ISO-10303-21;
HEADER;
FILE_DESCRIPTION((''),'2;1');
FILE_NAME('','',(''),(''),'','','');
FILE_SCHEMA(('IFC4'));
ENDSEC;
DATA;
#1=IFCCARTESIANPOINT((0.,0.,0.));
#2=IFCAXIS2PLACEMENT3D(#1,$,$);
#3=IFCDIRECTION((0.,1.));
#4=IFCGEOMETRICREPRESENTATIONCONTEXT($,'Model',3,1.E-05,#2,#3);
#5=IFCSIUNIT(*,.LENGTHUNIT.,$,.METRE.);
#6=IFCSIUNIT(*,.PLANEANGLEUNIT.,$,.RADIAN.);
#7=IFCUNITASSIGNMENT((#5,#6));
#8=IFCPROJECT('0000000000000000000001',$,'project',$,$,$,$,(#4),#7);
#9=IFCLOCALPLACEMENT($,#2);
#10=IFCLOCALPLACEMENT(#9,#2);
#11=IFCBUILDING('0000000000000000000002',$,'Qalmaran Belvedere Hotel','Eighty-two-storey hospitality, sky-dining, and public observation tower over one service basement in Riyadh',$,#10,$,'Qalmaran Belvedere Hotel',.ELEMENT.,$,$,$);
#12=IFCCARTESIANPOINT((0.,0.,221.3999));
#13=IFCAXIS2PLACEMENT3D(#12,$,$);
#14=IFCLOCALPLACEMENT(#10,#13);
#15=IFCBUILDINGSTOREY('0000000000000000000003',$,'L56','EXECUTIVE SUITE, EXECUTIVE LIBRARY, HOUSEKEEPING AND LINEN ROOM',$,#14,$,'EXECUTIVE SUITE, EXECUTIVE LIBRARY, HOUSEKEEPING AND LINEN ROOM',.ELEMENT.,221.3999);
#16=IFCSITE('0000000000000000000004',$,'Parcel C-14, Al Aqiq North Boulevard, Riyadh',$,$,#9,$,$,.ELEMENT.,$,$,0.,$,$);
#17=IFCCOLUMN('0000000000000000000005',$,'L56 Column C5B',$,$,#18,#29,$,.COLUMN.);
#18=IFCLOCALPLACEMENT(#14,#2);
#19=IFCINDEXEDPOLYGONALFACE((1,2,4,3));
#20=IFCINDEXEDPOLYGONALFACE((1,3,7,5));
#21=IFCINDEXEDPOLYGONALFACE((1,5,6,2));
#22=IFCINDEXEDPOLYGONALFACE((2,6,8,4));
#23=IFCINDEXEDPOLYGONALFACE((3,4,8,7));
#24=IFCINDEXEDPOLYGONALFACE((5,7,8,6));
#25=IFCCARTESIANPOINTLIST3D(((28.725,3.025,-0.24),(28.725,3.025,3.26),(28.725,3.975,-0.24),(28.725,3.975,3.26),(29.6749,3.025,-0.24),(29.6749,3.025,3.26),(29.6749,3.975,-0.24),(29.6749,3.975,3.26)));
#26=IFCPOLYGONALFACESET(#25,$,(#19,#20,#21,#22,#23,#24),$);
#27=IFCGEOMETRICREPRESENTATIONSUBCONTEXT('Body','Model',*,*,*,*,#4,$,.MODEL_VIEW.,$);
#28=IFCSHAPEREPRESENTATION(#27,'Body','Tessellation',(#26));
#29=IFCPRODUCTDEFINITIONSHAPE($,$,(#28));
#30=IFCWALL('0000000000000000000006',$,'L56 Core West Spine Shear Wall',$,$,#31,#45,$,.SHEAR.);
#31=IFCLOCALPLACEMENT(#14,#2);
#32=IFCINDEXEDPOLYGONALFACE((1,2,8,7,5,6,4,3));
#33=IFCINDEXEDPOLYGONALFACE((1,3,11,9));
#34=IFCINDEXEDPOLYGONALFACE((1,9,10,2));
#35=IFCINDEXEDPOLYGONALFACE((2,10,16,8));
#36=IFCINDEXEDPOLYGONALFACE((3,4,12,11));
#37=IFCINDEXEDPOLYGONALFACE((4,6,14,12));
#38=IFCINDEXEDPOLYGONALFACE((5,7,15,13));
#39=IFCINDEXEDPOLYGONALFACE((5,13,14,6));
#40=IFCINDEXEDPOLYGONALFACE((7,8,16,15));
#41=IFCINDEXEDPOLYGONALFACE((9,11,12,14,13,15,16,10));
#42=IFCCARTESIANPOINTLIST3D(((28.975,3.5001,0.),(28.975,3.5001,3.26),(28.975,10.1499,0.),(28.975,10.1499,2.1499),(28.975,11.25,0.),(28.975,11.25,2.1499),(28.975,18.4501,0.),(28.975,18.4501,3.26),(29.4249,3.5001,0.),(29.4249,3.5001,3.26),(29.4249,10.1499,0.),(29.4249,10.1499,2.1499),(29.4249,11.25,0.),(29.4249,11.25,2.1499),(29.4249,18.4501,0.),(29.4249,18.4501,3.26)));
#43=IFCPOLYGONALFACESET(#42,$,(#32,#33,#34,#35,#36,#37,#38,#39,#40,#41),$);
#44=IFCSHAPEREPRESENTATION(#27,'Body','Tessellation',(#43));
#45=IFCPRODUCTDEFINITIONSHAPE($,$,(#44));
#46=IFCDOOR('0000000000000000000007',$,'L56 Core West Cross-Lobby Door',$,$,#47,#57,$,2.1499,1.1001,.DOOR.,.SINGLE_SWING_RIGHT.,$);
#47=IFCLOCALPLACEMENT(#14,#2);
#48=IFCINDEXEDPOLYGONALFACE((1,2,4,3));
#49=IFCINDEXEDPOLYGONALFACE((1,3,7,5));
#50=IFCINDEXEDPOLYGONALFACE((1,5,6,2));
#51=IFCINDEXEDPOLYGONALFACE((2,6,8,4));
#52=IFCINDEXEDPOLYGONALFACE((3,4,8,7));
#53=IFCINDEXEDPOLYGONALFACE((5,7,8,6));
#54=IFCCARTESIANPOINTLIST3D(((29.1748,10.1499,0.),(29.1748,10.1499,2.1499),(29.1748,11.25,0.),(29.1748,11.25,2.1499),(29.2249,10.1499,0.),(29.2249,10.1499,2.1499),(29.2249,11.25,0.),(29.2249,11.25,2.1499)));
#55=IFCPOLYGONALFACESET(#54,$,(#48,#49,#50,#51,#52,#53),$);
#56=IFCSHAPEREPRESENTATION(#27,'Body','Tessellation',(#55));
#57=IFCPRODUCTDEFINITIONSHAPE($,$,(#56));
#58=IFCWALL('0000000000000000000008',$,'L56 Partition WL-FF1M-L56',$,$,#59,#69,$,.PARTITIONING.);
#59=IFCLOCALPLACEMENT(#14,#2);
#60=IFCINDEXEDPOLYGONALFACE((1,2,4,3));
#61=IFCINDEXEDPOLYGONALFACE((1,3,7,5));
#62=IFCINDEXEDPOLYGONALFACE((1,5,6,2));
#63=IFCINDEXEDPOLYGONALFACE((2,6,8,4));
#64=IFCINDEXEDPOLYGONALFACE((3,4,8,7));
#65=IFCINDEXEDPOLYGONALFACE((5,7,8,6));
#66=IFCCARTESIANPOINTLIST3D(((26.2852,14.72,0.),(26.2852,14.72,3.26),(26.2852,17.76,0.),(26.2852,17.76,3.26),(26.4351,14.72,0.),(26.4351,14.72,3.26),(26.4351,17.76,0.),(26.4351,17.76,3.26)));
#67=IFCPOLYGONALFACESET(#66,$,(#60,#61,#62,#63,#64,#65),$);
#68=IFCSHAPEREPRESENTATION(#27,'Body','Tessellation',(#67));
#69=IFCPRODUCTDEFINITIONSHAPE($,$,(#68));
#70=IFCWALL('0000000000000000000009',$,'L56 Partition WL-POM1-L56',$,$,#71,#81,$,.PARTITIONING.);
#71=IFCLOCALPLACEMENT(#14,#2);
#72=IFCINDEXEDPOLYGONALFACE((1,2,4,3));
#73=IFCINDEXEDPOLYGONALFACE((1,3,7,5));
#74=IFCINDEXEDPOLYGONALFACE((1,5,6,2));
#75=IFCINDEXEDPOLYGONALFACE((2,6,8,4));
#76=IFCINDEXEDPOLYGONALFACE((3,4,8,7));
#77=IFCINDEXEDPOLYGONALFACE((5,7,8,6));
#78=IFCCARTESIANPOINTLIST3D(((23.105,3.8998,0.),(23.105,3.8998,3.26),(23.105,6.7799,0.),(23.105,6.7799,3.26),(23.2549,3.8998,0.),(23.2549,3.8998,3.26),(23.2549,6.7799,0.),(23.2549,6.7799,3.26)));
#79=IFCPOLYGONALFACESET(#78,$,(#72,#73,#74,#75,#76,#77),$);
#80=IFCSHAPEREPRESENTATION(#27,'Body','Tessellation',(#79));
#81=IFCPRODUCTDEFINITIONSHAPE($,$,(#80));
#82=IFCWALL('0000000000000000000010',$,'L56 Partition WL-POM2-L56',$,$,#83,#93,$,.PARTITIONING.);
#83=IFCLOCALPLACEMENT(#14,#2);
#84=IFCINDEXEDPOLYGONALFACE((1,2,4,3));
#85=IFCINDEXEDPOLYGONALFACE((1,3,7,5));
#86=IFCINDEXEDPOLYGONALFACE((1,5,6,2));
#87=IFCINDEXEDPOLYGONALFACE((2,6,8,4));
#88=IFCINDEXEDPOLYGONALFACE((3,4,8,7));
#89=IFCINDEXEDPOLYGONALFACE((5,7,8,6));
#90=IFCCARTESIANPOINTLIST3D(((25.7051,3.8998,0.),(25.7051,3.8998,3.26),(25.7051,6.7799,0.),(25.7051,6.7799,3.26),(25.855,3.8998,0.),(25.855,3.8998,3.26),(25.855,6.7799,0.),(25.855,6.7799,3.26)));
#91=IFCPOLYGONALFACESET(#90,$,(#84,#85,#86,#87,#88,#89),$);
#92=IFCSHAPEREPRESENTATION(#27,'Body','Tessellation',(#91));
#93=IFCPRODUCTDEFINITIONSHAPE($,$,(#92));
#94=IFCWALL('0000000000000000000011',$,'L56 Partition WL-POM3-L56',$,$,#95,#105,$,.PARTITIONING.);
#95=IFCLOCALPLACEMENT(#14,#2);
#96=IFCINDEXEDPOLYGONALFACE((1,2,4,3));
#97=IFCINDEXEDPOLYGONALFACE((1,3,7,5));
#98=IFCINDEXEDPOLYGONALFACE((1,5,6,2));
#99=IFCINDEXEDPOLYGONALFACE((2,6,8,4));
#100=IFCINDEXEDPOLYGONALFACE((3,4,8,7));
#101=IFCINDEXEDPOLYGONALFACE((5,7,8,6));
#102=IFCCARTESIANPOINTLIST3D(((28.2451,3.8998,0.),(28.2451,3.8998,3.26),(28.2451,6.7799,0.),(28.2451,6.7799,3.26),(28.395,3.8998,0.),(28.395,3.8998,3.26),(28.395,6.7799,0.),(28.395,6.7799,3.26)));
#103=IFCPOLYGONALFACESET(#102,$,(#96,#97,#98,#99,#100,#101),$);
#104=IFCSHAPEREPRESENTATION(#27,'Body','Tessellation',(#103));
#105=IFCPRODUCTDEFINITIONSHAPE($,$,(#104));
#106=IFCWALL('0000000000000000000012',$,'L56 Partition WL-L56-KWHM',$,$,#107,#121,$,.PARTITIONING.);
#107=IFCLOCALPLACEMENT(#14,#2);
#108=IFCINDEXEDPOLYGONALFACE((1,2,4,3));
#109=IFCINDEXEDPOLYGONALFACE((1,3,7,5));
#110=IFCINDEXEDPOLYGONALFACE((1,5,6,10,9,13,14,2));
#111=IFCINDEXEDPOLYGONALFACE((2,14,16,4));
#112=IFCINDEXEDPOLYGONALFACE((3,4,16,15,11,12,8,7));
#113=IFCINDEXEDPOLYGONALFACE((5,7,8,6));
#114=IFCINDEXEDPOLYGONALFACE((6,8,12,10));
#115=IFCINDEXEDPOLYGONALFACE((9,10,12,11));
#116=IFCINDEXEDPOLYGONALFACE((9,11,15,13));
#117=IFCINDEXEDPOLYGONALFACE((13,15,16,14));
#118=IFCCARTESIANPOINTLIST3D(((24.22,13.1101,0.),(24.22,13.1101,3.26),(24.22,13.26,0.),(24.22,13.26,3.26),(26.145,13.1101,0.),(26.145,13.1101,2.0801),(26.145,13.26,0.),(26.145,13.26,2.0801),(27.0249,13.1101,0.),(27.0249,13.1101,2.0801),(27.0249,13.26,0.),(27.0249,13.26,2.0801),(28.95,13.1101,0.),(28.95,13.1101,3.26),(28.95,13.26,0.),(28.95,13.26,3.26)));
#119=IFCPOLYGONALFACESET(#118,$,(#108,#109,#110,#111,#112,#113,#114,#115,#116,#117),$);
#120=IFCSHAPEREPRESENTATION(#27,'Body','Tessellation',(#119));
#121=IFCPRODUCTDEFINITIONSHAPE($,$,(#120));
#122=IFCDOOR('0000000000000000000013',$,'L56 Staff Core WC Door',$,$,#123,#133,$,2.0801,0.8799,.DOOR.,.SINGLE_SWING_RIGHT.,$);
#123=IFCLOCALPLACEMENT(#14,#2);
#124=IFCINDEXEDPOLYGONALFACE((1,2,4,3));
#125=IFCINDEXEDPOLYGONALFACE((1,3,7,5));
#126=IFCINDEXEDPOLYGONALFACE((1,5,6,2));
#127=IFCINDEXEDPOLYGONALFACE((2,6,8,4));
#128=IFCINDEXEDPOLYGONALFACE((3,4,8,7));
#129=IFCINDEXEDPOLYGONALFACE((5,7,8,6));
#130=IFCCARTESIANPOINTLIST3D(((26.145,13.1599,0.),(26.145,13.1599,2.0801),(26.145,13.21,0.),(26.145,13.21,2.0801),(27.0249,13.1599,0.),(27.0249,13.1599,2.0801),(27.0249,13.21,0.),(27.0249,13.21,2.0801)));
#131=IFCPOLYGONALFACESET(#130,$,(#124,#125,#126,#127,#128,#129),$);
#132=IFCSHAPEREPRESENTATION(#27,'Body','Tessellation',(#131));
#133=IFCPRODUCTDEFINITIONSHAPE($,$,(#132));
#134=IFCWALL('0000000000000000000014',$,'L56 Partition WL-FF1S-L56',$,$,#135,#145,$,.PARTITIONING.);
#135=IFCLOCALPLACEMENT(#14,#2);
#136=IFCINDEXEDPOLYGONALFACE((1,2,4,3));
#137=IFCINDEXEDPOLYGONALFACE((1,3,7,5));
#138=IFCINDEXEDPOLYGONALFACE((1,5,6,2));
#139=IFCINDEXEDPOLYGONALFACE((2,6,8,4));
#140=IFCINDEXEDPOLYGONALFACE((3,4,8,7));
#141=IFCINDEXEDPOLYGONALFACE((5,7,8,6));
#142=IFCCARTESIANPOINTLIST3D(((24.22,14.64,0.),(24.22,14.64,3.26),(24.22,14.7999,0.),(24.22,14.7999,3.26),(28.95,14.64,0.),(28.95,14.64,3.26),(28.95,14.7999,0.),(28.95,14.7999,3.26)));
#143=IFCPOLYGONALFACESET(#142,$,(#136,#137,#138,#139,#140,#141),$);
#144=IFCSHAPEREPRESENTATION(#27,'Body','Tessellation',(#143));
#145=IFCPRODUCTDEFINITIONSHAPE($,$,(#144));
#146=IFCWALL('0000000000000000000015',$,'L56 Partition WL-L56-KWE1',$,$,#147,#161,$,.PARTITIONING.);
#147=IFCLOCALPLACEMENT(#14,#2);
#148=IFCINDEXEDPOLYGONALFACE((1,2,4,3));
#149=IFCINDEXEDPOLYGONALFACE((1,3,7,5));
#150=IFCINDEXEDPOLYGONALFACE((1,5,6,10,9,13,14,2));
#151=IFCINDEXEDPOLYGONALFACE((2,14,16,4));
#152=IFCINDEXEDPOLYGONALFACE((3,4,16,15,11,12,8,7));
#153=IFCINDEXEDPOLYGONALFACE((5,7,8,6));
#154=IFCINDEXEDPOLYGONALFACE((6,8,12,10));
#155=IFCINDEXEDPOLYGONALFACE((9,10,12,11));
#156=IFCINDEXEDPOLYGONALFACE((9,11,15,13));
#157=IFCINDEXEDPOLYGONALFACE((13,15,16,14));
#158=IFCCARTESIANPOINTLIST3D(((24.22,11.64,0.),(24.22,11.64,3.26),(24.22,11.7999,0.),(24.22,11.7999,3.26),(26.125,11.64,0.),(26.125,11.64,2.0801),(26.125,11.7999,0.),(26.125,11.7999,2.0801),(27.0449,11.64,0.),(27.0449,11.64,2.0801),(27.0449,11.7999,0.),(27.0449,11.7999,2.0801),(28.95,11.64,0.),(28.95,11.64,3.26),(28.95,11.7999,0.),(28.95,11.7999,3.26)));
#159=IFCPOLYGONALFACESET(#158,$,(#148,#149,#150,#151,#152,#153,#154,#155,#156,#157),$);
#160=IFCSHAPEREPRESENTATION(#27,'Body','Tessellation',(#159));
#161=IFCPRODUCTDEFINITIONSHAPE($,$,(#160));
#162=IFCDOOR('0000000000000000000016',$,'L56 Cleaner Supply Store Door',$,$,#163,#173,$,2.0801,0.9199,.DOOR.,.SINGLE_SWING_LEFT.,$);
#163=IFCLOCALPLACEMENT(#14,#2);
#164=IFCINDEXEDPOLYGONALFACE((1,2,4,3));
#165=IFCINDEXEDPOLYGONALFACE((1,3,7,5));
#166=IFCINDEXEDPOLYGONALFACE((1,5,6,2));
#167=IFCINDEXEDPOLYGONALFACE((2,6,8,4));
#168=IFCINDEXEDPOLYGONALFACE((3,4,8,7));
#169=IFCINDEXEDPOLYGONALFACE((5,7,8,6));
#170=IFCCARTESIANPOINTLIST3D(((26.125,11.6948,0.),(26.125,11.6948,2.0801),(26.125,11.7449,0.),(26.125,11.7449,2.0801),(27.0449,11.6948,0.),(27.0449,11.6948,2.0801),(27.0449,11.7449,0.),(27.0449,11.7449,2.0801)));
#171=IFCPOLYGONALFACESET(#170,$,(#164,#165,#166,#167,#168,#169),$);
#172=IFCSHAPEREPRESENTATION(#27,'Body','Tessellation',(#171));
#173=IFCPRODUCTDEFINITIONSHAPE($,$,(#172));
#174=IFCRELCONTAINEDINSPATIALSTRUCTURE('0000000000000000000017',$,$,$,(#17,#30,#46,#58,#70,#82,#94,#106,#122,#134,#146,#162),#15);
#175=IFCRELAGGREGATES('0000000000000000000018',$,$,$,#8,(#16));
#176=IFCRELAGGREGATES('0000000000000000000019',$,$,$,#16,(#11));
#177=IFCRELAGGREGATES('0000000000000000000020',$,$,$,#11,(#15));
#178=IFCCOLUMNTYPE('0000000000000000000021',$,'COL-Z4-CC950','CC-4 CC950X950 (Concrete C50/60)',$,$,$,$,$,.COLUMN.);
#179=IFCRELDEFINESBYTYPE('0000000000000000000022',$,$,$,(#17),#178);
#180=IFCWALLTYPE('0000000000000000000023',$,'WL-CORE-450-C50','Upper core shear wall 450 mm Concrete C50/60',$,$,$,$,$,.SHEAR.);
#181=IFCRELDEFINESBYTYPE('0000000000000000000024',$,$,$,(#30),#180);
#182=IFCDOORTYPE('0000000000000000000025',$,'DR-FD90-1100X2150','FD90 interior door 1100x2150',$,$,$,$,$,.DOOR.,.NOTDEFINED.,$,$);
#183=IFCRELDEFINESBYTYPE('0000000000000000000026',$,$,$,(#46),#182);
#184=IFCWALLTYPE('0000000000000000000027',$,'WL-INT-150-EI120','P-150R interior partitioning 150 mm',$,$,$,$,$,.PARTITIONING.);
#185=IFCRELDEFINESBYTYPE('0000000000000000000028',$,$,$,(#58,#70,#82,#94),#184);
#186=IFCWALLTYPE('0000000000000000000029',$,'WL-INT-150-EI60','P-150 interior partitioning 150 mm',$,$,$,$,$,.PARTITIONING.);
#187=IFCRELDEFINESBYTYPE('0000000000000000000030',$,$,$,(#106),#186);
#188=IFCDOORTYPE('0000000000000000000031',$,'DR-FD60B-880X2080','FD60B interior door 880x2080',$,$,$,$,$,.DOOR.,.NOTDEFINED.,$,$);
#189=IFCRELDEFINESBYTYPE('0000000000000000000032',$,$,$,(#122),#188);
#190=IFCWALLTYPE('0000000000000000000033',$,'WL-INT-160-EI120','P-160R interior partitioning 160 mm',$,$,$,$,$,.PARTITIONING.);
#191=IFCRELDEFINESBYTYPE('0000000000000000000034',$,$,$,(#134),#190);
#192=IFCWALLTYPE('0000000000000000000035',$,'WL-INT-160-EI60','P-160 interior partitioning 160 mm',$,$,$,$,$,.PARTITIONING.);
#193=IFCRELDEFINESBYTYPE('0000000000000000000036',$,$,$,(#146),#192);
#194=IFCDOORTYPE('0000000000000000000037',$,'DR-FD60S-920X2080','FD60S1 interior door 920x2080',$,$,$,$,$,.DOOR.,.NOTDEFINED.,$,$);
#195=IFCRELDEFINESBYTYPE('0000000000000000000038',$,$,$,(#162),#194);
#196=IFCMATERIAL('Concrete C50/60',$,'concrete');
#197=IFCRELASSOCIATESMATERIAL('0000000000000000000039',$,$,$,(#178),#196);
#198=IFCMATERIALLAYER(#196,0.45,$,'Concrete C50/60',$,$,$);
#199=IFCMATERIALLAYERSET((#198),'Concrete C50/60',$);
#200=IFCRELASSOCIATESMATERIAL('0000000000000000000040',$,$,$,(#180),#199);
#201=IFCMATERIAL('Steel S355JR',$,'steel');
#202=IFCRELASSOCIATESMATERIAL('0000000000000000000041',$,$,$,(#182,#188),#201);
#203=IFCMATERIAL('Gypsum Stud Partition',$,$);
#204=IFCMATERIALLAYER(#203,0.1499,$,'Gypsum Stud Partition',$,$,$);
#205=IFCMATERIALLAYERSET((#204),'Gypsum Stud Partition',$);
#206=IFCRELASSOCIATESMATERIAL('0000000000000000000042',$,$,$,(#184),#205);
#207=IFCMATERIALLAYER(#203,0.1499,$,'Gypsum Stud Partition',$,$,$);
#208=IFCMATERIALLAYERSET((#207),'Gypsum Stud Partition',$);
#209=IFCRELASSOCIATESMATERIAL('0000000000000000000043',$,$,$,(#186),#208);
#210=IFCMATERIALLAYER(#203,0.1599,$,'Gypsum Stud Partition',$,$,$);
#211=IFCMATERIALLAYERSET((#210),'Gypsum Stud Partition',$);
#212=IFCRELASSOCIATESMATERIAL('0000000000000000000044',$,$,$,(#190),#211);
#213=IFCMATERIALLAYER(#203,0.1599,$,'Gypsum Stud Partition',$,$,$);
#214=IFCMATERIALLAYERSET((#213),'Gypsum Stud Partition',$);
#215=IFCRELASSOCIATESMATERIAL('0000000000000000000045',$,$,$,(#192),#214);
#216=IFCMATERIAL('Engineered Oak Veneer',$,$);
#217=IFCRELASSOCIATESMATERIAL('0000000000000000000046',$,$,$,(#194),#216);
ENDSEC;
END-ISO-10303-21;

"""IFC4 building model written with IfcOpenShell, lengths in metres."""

from ifc_helpers import new_model, si_unit, direction, frame, frame_2d, origin, origin_2d, place, context, subcontext, project, spatial, rectangle, extrude, material, layer, layer_set, material_profile, profile_set, type_object, element, fill, save


model = new_model("IFC4")

# Units and contexts
model_context = context("Model", 3, precision=1e-05, world=origin(), true_north=direction((0.0, 1.0)))
body_context = subcontext(model_context, "Body", "Model", "MODEL_VIEW")
ifc_project = project(units=[si_unit("LENGTHUNIT", "METRE"), si_unit("PLANEANGLEUNIT", "RADIAN")], contexts=[model_context])

# Site, building, storey
site_placement = place(None, origin())
site = spatial("IfcSite", under=ifc_project, at=site_placement, Name="Parcel C-14, Al Aqiq North Boulevard, Riyadh", CompositionType="ELEMENT", RefElevation=0.0)
building_placement = place(site_placement, origin())
building = spatial("IfcBuilding", under=site, at=building_placement, Name="Qalmaran Belvedere Hotel", Description="Eighty-two-storey hospitality, sky-dining, and public observation tower over one service basement in Riyadh", LongName="Qalmaran Belvedere Hotel", CompositionType="ELEMENT")
storey_placement = place(building_placement, frame((0.0, 0.0, 221.3999)))
storey = spatial("IfcBuildingStorey", under=building, at=storey_placement, Name="L56", Description="EXECUTIVE SUITE, EXECUTIVE LIBRARY, HOUSEKEEPING AND LINEN ROOM", LongName="EXECUTIVE SUITE, EXECUTIVE LIBRARY, HOUSEKEEPING AND LINEN ROOM", CompositionType="ELEMENT", Elevation=221.3999)

# Column
ifc_material_1 = material(Name="Concrete C50/60", Category="concrete")
ifc_material_profile = material_profile(ifc_material_1, rectangle(XDim=0.95, YDim=0.95, at=origin_2d()), Name="CC950X950")
ifc_profile_set = profile_set([ifc_material_profile], Name="Concrete C50/60")
column_type = type_object("IfcColumnType", Name="COL-Z4-CC950", Description="CC-4 CC950X950 (Concrete C50/60)", PredefinedType="COLUMN", material=ifc_profile_set)
column_placement = place(storey_placement, frame((29.2, 3.5, -0.24), z_axis=(0.0, 0.0, 1.0), x_axis=(1.0, 0.0, 0.0)))
element("IfcColumn", 1, at=column_placement, inside=storey, type_object=column_type, Name="L56 Column C5B", PredefinedType="COLUMN", context=body_context, shape_type="SweptSolid", body=[
    extrude(rectangle(XDim=0.95, YDim=0.95, at=origin_2d()), origin(), (0.0, 0.0, 1.0), 3.5),
])

# Wall, opening, door
ifc_layer_1 = layer(ifc_material_1, 0.45, Name="Concrete C50/60")
ifc_layer_set_1 = layer_set([ifc_layer_1], Name="Concrete C50/60")
wall_type_1 = type_object("IfcWallType", Name="WL-CORE-450-C50", Description="Upper core shear wall 450 mm Concrete C50/60", PredefinedType="SHEAR", material=ifc_layer_set_1)
wall_1_placement = place(storey_placement, frame((29.2, 3.5, 0.0), z_axis=(0.0, 0.0, 1.0), x_axis=(0.0, 1.0, 0.0)))
wall_1 = element("IfcWall", 2, at=wall_1_placement, inside=storey, type_object=wall_type_1, Name="L56 Core West Spine Shear Wall", PredefinedType="SHEAR", context=body_context, shape_type="SweptSolid", body=[
    extrude(rectangle(XDim=14.95, YDim=0.45, at=frame_2d((7.4751, 0.0))), origin(), (0.0, 0.0, 1.0), 3.26),
])
opening_1_placement = place(wall_1_placement, frame((7.75, 0.0, 0.0), z_axis=(0.0, 0.0, 1.0), x_axis=(-1.0, 0.0, 0.0)))
opening_1 = element("IfcOpeningElement", 3, at=opening_1_placement, cuts=wall_1, PredefinedType="OPENING", context=body_context, shape_type="SweptSolid", body=[
    extrude(rectangle(XDim=1.1001, YDim=2.1499, at=frame_2d((0.55, 1.075))), frame((0.0, 0.2349, 0.0), z_axis=(0.0, -1.0, 0.0), x_axis=(1.0, 0.0, 0.0)), (0.0, 0.0, 1.0), 0.47),
])
ifc_material_2 = material(Name="Steel S355JR", Category="steel")
door_type_1 = type_object("IfcDoorType", Name="DR-FD90-1100X2150", Description="FD90 interior door 1100x2150", OperationType="NOTDEFINED", PredefinedType="DOOR", material=ifc_material_2)
door_1_placement = place(opening_1_placement, origin())
door_1 = element("IfcDoor", 4, at=door_1_placement, inside=storey, type_object=door_type_1, Name="L56 Core West Cross-Lobby Door", OperationType="SINGLE_SWING_RIGHT", OverallHeight=2.1499, OverallWidth=1.1001, PredefinedType="DOOR", context=body_context, shape_type="SweptSolid", body=[
    extrude(rectangle(XDim=1.1001, YDim=2.1499, at=frame_2d((0.55, 1.075))), frame((0.0, 0.0249, 0.0), z_axis=(0.0, -1.0, 0.0), x_axis=(1.0, 0.0, 0.0)), (0.0, 0.0, 1.0), 0.05),
])
fill(opening_1, door_1)

# Walls
ifc_material_3 = material(Name="Gypsum Stud Partition")
ifc_layer_2 = layer(ifc_material_3, 0.1499, Name="Gypsum Stud Partition")
ifc_layer_set_2 = layer_set([ifc_layer_2], Name="Gypsum Stud Partition")
wall_type_2 = type_object("IfcWallType", Name="WL-INT-150-EI120", Description="P-150R interior partitioning 150 mm", PredefinedType="PARTITIONING", material=ifc_layer_set_2)
wall_2_placement = place(storey_placement, frame((26.3601, 14.72, 0.0), z_axis=(0.0, 0.0, 1.0), x_axis=(0.0, 1.0, 0.0)))
element("IfcWall", 5, at=wall_2_placement, inside=storey, type_object=wall_type_2, Name="L56 Partition WL-FF1M-L56", PredefinedType="PARTITIONING", context=body_context, shape_type="SweptSolid", body=[
    extrude(rectangle(XDim=3.04, YDim=0.1499, at=frame_2d((1.52, 0.0))), origin(), (0.0, 0.0, 1.0), 3.26),
])
for number, where, z_axis, x_axis, name in (
    (6, (23.1799, 3.8999, 0.0), (0.0, 0.0, 1.0), (0.0, 1.0, 0.0), "L56 Partition WL-POM1-L56"),
    (7, (25.78, 3.8999, 0.0), (0.0, 0.0, 1.0), (0.0, 1.0, 0.0), "L56 Partition WL-POM2-L56"),
    (8, (28.3201, 3.8999, 0.0), (0.0, 0.0, 1.0), (0.0, 1.0, 0.0), "L56 Partition WL-POM3-L56"),
):
    element("IfcWall", number, at=place(storey_placement, frame(where, z_axis=z_axis, x_axis=x_axis)), inside=storey, type_object=wall_type_2, Name=name, PredefinedType="PARTITIONING", context=body_context, shape_type="SweptSolid", body=[
        extrude(rectangle(XDim=2.8801, YDim=0.1499, at=frame_2d((1.4399, 0.0))), origin(), (0.0, 0.0, 1.0), 3.26),
    ])

# Wall, opening, door
ifc_layer_3 = layer(ifc_material_3, 0.1499, Name="Gypsum Stud Partition")
ifc_layer_set_3 = layer_set([ifc_layer_3], Name="Gypsum Stud Partition")
wall_type_3 = type_object("IfcWallType", Name="WL-INT-150-EI60", Description="P-150 interior partitioning 150 mm", PredefinedType="PARTITIONING", material=ifc_layer_set_3)
wall_3_placement = place(storey_placement, frame((24.22, 13.1851, 0.0), z_axis=(0.0, 0.0, 1.0), x_axis=(1.0, 0.0, 0.0)))
wall_3 = element("IfcWall", 9, at=wall_3_placement, inside=storey, type_object=wall_type_3, Name="L56 Partition WL-L56-KWHM", PredefinedType="PARTITIONING", context=body_context, shape_type="SweptSolid", body=[
    extrude(rectangle(XDim=4.73, YDim=0.1499, at=frame_2d((2.365, 0.0))), origin(), (0.0, 0.0, 1.0), 3.26),
])
opening_2_placement = place(wall_3_placement, frame((1.925, 0.0, 0.0)))
opening_2 = element("IfcOpeningElement", 10, at=opening_2_placement, cuts=wall_3, PredefinedType="OPENING", context=body_context, shape_type="SweptSolid", body=[
    extrude(rectangle(XDim=0.8799, YDim=2.0801, at=frame_2d((0.4399, 1.04))), frame((0.0, 0.085, 0.0), z_axis=(0.0, -1.0, 0.0), x_axis=(1.0, 0.0, 0.0)), (0.0, 0.0, 1.0), 0.1699),
])
door_type_2 = type_object("IfcDoorType", Name="DR-FD60B-880X2080", Description="FD60B interior door 880x2080", OperationType="NOTDEFINED", PredefinedType="DOOR", material=ifc_material_2)
door_2_placement = place(opening_2_placement, origin())
door_2 = element("IfcDoor", 11, at=door_2_placement, inside=storey, type_object=door_type_2, Name="L56 Staff Core WC Door", OperationType="SINGLE_SWING_RIGHT", OverallHeight=2.0801, OverallWidth=0.8799, PredefinedType="DOOR", context=body_context, shape_type="SweptSolid", body=[
    extrude(rectangle(XDim=0.8799, YDim=2.0801, at=frame_2d((0.4399, 1.04))), frame((0.0, 0.0249, 0.0), z_axis=(0.0, -1.0, 0.0), x_axis=(1.0, 0.0, 0.0)), (0.0, 0.0, 1.0), 0.05),
])
fill(opening_2, door_2)

# Wall
ifc_layer_4 = layer(ifc_material_3, 0.1599, Name="Gypsum Stud Partition")
ifc_layer_set_4 = layer_set([ifc_layer_4], Name="Gypsum Stud Partition")
wall_type_4 = type_object("IfcWallType", Name="WL-INT-160-EI120", Description="P-160R interior partitioning 160 mm", PredefinedType="PARTITIONING", material=ifc_layer_set_4)
wall_4_placement = place(storey_placement, frame((24.22, 14.72, 0.0), z_axis=(0.0, 0.0, 1.0), x_axis=(1.0, 0.0, 0.0)))
element("IfcWall", 12, at=wall_4_placement, inside=storey, type_object=wall_type_4, Name="L56 Partition WL-FF1S-L56", PredefinedType="PARTITIONING", context=body_context, shape_type="SweptSolid", body=[
    extrude(rectangle(XDim=4.73, YDim=0.1599, at=frame_2d((2.365, 0.0))), origin(), (0.0, 0.0, 1.0), 3.26),
])

# Wall, opening, door
ifc_layer_5 = layer(ifc_material_3, 0.1599, Name="Gypsum Stud Partition")
ifc_layer_set_5 = layer_set([ifc_layer_5], Name="Gypsum Stud Partition")
wall_type_5 = type_object("IfcWallType", Name="WL-INT-160-EI60", Description="P-160 interior partitioning 160 mm", PredefinedType="PARTITIONING", material=ifc_layer_set_5)
wall_5_placement = place(storey_placement, frame((24.22, 11.72, 0.0), z_axis=(0.0, 0.0, 1.0), x_axis=(1.0, 0.0, 0.0)))
wall_5 = element("IfcWall", 13, at=wall_5_placement, inside=storey, type_object=wall_type_5, Name="L56 Partition WL-L56-KWE1", PredefinedType="PARTITIONING", context=body_context, shape_type="SweptSolid", body=[
    extrude(rectangle(XDim=4.73, YDim=0.1599, at=frame_2d((2.365, 0.0))), origin(), (0.0, 0.0, 1.0), 3.26),
])
opening_3_placement = place(wall_5_placement, frame((1.905, 0.0, 0.0)))
opening_3 = element("IfcOpeningElement", 14, at=opening_3_placement, cuts=wall_5, PredefinedType="OPENING", context=body_context, shape_type="SweptSolid", body=[
    extrude(rectangle(XDim=0.9199, YDim=2.0801, at=frame_2d((0.46, 1.04))), frame((0.0, 0.0898, 0.0), z_axis=(0.0, -1.0, 0.0), x_axis=(1.0, 0.0, 0.0)), (0.0, 0.0, 1.0), 0.1799),
])
ifc_material_4 = material(Name="Engineered Oak Veneer")
door_type_3 = type_object("IfcDoorType", Name="DR-FD60S-920X2080", Description="FD60S1 interior door 920x2080", OperationType="NOTDEFINED", PredefinedType="DOOR", material=ifc_material_4)
door_3_placement = place(opening_3_placement, origin())
door_3 = element("IfcDoor", 15, at=door_3_placement, inside=storey, type_object=door_type_3, Name="L56 Cleaner Supply Store Door", OperationType="SINGLE_SWING_LEFT", OverallHeight=2.0801, OverallWidth=0.9199, PredefinedType="DOOR", context=body_context, shape_type="SweptSolid", body=[
    extrude(rectangle(XDim=0.9199, YDim=2.0801, at=frame_2d((0.46, 1.04))), frame((0.0, 0.0249, 0.0), z_axis=(0.0, -1.0, 0.0), x_axis=(1.0, 0.0, 0.0)), (0.0, 0.0, 1.0), 0.05),
])
fill(opening_3, door_3)

save(model, "model.ifc")
